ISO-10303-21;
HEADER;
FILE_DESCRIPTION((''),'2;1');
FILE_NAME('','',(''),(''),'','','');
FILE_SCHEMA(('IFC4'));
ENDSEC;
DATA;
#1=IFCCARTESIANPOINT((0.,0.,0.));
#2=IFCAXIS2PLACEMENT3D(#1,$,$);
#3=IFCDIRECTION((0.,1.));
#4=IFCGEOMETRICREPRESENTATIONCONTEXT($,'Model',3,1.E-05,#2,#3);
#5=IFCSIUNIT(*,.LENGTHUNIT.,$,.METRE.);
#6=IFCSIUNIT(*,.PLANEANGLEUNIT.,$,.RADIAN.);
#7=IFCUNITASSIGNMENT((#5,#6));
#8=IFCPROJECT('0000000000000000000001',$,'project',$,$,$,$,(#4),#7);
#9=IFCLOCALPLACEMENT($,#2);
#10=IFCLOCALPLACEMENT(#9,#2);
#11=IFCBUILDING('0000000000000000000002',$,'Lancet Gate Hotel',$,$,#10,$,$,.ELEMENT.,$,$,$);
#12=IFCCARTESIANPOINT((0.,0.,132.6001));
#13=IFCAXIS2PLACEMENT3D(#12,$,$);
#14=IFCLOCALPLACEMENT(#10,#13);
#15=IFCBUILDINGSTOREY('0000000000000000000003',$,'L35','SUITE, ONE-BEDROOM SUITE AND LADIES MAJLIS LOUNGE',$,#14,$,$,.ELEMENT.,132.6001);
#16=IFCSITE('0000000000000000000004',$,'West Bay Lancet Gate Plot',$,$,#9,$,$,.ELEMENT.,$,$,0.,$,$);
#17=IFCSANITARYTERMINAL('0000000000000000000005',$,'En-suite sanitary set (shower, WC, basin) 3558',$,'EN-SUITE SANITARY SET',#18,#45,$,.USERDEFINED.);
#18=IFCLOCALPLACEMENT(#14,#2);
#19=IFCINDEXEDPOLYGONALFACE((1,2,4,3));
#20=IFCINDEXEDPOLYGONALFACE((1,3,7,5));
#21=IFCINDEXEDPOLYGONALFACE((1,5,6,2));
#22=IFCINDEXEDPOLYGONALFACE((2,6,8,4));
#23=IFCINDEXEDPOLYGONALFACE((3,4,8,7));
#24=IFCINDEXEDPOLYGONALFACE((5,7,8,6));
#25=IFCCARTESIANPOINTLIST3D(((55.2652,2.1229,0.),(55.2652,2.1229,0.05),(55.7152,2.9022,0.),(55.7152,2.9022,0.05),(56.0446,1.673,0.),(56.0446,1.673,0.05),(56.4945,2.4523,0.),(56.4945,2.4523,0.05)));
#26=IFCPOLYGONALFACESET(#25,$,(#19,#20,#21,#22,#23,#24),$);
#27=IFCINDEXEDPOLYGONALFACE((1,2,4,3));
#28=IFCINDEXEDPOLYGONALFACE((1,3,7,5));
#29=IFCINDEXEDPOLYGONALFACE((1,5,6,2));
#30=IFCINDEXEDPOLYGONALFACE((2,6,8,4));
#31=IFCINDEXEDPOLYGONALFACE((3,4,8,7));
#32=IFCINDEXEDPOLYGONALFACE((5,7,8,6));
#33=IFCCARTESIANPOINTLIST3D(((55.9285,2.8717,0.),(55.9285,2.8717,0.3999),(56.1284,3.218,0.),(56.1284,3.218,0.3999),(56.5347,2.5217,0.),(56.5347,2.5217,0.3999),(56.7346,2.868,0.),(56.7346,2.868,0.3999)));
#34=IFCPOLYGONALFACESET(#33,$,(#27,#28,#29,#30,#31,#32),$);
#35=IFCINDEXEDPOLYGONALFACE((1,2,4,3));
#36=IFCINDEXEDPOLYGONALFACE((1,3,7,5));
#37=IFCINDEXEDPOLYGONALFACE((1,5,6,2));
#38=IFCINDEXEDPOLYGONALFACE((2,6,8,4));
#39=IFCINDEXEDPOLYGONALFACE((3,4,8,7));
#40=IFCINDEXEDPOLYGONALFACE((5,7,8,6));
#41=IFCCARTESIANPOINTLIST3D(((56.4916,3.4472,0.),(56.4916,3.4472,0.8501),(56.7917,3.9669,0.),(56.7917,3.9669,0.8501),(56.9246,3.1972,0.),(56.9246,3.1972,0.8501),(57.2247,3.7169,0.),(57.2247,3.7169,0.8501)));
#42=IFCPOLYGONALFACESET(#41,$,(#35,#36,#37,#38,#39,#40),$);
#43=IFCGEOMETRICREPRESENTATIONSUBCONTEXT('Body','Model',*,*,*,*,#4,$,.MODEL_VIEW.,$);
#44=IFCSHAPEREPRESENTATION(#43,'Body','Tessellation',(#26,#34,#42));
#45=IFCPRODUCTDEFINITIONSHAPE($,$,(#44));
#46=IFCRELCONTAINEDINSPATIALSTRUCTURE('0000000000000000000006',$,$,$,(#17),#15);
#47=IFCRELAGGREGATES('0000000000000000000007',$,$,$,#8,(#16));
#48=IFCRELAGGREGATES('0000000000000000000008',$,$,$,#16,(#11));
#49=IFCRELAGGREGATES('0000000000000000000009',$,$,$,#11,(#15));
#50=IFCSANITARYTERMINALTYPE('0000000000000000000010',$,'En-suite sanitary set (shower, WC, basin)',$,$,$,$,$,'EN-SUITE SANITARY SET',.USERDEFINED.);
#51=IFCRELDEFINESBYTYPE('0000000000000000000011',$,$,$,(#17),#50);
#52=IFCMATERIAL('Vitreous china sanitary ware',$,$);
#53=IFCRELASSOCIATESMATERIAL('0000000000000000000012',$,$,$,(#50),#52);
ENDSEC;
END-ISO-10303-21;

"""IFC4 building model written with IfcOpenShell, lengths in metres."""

from ifc_helpers import new_model, si_unit, direction, frame, origin, origin_2d, place, context, subcontext, project, spatial, rectangle, extrude, material, type_object, element, save


model = new_model("IFC4")

# Units and contexts
model_context = context("Model", 3, precision=1e-05, world=origin(), true_north=direction((0.0, 1.0)))
body_context = subcontext(model_context, "Body", "Model", "MODEL_VIEW")
ifc_project = project(units=[si_unit("LENGTHUNIT", "METRE"), si_unit("PLANEANGLEUNIT", "RADIAN")], contexts=[model_context])

# Site, building, storey
site_placement = place(None, origin())
site = spatial("IfcSite", under=ifc_project, at=site_placement, Name="West Bay Lancet Gate Plot", CompositionType="ELEMENT", RefElevation=0.0)
building_placement = place(site_placement, origin())
building = spatial("IfcBuilding", under=site, at=building_placement, Name="Lancet Gate Hotel", CompositionType="ELEMENT")
storey_placement = place(building_placement, frame((0.0, 0.0, 132.6001)))
storey = spatial("IfcBuildingStorey", under=building, at=storey_placement, Name="L35", Description="SUITE, ONE-BEDROOM SUITE AND LADIES MAJLIS LOUNGE", CompositionType="ELEMENT", Elevation=132.6001)

# Sanitary terminal
ifc_material_1 = material(Name="Vitreous china sanitary ware")
sanitary_terminal_type = type_object("IfcSanitaryTerminalType", Name="En-suite sanitary set (shower, WC, basin)", ElementType="EN-SUITE SANITARY SET", PredefinedType="USERDEFINED", material=ifc_material_1)
sanitary_terminal_placement = place(storey_placement, frame((55.8799, 2.2876, 0.0), z_axis=(0.0, 0.0, 1.0), x_axis=(1.0, 0.0, 0.0)))
element("IfcSanitaryTerminal", 1, at=sanitary_terminal_placement, inside=storey, type_object=sanitary_terminal_type, Name="En-suite sanitary set (shower, WC, basin) 3558", ObjectType="EN-SUITE SANITARY SET", PredefinedType="USERDEFINED", context=body_context, shape_type="SweptSolid", body=[
    extrude(rectangle(XDim=0.8999, YDim=0.8999, at=origin_2d()), frame((0.0, 0.0, 0.0), z_axis=(0.0, 0.0, 1.0), x_axis=(-0.5, -0.866025, 0.0)), (0.0, 0.0, 1.0), 0.05),
    extrude(rectangle(XDim=0.3999, YDim=0.7, at=origin_2d()), frame((0.4517, 0.5823, 0.0), z_axis=(0.0, 0.0, 1.0), x_axis=(-0.5, -0.866025, 0.0)), (0.0, 0.0, 1.0), 0.3999),
    extrude(rectangle(XDim=0.6001, YDim=0.5, at=origin_2d()), frame((0.9783, 1.2944, 0.0), z_axis=(0.0, 0.0, 1.0), x_axis=(-0.5, -0.866025, 0.0)), (0.0, 0.0, 1.0), 0.8501),
])

save(model, "model.ifc")
